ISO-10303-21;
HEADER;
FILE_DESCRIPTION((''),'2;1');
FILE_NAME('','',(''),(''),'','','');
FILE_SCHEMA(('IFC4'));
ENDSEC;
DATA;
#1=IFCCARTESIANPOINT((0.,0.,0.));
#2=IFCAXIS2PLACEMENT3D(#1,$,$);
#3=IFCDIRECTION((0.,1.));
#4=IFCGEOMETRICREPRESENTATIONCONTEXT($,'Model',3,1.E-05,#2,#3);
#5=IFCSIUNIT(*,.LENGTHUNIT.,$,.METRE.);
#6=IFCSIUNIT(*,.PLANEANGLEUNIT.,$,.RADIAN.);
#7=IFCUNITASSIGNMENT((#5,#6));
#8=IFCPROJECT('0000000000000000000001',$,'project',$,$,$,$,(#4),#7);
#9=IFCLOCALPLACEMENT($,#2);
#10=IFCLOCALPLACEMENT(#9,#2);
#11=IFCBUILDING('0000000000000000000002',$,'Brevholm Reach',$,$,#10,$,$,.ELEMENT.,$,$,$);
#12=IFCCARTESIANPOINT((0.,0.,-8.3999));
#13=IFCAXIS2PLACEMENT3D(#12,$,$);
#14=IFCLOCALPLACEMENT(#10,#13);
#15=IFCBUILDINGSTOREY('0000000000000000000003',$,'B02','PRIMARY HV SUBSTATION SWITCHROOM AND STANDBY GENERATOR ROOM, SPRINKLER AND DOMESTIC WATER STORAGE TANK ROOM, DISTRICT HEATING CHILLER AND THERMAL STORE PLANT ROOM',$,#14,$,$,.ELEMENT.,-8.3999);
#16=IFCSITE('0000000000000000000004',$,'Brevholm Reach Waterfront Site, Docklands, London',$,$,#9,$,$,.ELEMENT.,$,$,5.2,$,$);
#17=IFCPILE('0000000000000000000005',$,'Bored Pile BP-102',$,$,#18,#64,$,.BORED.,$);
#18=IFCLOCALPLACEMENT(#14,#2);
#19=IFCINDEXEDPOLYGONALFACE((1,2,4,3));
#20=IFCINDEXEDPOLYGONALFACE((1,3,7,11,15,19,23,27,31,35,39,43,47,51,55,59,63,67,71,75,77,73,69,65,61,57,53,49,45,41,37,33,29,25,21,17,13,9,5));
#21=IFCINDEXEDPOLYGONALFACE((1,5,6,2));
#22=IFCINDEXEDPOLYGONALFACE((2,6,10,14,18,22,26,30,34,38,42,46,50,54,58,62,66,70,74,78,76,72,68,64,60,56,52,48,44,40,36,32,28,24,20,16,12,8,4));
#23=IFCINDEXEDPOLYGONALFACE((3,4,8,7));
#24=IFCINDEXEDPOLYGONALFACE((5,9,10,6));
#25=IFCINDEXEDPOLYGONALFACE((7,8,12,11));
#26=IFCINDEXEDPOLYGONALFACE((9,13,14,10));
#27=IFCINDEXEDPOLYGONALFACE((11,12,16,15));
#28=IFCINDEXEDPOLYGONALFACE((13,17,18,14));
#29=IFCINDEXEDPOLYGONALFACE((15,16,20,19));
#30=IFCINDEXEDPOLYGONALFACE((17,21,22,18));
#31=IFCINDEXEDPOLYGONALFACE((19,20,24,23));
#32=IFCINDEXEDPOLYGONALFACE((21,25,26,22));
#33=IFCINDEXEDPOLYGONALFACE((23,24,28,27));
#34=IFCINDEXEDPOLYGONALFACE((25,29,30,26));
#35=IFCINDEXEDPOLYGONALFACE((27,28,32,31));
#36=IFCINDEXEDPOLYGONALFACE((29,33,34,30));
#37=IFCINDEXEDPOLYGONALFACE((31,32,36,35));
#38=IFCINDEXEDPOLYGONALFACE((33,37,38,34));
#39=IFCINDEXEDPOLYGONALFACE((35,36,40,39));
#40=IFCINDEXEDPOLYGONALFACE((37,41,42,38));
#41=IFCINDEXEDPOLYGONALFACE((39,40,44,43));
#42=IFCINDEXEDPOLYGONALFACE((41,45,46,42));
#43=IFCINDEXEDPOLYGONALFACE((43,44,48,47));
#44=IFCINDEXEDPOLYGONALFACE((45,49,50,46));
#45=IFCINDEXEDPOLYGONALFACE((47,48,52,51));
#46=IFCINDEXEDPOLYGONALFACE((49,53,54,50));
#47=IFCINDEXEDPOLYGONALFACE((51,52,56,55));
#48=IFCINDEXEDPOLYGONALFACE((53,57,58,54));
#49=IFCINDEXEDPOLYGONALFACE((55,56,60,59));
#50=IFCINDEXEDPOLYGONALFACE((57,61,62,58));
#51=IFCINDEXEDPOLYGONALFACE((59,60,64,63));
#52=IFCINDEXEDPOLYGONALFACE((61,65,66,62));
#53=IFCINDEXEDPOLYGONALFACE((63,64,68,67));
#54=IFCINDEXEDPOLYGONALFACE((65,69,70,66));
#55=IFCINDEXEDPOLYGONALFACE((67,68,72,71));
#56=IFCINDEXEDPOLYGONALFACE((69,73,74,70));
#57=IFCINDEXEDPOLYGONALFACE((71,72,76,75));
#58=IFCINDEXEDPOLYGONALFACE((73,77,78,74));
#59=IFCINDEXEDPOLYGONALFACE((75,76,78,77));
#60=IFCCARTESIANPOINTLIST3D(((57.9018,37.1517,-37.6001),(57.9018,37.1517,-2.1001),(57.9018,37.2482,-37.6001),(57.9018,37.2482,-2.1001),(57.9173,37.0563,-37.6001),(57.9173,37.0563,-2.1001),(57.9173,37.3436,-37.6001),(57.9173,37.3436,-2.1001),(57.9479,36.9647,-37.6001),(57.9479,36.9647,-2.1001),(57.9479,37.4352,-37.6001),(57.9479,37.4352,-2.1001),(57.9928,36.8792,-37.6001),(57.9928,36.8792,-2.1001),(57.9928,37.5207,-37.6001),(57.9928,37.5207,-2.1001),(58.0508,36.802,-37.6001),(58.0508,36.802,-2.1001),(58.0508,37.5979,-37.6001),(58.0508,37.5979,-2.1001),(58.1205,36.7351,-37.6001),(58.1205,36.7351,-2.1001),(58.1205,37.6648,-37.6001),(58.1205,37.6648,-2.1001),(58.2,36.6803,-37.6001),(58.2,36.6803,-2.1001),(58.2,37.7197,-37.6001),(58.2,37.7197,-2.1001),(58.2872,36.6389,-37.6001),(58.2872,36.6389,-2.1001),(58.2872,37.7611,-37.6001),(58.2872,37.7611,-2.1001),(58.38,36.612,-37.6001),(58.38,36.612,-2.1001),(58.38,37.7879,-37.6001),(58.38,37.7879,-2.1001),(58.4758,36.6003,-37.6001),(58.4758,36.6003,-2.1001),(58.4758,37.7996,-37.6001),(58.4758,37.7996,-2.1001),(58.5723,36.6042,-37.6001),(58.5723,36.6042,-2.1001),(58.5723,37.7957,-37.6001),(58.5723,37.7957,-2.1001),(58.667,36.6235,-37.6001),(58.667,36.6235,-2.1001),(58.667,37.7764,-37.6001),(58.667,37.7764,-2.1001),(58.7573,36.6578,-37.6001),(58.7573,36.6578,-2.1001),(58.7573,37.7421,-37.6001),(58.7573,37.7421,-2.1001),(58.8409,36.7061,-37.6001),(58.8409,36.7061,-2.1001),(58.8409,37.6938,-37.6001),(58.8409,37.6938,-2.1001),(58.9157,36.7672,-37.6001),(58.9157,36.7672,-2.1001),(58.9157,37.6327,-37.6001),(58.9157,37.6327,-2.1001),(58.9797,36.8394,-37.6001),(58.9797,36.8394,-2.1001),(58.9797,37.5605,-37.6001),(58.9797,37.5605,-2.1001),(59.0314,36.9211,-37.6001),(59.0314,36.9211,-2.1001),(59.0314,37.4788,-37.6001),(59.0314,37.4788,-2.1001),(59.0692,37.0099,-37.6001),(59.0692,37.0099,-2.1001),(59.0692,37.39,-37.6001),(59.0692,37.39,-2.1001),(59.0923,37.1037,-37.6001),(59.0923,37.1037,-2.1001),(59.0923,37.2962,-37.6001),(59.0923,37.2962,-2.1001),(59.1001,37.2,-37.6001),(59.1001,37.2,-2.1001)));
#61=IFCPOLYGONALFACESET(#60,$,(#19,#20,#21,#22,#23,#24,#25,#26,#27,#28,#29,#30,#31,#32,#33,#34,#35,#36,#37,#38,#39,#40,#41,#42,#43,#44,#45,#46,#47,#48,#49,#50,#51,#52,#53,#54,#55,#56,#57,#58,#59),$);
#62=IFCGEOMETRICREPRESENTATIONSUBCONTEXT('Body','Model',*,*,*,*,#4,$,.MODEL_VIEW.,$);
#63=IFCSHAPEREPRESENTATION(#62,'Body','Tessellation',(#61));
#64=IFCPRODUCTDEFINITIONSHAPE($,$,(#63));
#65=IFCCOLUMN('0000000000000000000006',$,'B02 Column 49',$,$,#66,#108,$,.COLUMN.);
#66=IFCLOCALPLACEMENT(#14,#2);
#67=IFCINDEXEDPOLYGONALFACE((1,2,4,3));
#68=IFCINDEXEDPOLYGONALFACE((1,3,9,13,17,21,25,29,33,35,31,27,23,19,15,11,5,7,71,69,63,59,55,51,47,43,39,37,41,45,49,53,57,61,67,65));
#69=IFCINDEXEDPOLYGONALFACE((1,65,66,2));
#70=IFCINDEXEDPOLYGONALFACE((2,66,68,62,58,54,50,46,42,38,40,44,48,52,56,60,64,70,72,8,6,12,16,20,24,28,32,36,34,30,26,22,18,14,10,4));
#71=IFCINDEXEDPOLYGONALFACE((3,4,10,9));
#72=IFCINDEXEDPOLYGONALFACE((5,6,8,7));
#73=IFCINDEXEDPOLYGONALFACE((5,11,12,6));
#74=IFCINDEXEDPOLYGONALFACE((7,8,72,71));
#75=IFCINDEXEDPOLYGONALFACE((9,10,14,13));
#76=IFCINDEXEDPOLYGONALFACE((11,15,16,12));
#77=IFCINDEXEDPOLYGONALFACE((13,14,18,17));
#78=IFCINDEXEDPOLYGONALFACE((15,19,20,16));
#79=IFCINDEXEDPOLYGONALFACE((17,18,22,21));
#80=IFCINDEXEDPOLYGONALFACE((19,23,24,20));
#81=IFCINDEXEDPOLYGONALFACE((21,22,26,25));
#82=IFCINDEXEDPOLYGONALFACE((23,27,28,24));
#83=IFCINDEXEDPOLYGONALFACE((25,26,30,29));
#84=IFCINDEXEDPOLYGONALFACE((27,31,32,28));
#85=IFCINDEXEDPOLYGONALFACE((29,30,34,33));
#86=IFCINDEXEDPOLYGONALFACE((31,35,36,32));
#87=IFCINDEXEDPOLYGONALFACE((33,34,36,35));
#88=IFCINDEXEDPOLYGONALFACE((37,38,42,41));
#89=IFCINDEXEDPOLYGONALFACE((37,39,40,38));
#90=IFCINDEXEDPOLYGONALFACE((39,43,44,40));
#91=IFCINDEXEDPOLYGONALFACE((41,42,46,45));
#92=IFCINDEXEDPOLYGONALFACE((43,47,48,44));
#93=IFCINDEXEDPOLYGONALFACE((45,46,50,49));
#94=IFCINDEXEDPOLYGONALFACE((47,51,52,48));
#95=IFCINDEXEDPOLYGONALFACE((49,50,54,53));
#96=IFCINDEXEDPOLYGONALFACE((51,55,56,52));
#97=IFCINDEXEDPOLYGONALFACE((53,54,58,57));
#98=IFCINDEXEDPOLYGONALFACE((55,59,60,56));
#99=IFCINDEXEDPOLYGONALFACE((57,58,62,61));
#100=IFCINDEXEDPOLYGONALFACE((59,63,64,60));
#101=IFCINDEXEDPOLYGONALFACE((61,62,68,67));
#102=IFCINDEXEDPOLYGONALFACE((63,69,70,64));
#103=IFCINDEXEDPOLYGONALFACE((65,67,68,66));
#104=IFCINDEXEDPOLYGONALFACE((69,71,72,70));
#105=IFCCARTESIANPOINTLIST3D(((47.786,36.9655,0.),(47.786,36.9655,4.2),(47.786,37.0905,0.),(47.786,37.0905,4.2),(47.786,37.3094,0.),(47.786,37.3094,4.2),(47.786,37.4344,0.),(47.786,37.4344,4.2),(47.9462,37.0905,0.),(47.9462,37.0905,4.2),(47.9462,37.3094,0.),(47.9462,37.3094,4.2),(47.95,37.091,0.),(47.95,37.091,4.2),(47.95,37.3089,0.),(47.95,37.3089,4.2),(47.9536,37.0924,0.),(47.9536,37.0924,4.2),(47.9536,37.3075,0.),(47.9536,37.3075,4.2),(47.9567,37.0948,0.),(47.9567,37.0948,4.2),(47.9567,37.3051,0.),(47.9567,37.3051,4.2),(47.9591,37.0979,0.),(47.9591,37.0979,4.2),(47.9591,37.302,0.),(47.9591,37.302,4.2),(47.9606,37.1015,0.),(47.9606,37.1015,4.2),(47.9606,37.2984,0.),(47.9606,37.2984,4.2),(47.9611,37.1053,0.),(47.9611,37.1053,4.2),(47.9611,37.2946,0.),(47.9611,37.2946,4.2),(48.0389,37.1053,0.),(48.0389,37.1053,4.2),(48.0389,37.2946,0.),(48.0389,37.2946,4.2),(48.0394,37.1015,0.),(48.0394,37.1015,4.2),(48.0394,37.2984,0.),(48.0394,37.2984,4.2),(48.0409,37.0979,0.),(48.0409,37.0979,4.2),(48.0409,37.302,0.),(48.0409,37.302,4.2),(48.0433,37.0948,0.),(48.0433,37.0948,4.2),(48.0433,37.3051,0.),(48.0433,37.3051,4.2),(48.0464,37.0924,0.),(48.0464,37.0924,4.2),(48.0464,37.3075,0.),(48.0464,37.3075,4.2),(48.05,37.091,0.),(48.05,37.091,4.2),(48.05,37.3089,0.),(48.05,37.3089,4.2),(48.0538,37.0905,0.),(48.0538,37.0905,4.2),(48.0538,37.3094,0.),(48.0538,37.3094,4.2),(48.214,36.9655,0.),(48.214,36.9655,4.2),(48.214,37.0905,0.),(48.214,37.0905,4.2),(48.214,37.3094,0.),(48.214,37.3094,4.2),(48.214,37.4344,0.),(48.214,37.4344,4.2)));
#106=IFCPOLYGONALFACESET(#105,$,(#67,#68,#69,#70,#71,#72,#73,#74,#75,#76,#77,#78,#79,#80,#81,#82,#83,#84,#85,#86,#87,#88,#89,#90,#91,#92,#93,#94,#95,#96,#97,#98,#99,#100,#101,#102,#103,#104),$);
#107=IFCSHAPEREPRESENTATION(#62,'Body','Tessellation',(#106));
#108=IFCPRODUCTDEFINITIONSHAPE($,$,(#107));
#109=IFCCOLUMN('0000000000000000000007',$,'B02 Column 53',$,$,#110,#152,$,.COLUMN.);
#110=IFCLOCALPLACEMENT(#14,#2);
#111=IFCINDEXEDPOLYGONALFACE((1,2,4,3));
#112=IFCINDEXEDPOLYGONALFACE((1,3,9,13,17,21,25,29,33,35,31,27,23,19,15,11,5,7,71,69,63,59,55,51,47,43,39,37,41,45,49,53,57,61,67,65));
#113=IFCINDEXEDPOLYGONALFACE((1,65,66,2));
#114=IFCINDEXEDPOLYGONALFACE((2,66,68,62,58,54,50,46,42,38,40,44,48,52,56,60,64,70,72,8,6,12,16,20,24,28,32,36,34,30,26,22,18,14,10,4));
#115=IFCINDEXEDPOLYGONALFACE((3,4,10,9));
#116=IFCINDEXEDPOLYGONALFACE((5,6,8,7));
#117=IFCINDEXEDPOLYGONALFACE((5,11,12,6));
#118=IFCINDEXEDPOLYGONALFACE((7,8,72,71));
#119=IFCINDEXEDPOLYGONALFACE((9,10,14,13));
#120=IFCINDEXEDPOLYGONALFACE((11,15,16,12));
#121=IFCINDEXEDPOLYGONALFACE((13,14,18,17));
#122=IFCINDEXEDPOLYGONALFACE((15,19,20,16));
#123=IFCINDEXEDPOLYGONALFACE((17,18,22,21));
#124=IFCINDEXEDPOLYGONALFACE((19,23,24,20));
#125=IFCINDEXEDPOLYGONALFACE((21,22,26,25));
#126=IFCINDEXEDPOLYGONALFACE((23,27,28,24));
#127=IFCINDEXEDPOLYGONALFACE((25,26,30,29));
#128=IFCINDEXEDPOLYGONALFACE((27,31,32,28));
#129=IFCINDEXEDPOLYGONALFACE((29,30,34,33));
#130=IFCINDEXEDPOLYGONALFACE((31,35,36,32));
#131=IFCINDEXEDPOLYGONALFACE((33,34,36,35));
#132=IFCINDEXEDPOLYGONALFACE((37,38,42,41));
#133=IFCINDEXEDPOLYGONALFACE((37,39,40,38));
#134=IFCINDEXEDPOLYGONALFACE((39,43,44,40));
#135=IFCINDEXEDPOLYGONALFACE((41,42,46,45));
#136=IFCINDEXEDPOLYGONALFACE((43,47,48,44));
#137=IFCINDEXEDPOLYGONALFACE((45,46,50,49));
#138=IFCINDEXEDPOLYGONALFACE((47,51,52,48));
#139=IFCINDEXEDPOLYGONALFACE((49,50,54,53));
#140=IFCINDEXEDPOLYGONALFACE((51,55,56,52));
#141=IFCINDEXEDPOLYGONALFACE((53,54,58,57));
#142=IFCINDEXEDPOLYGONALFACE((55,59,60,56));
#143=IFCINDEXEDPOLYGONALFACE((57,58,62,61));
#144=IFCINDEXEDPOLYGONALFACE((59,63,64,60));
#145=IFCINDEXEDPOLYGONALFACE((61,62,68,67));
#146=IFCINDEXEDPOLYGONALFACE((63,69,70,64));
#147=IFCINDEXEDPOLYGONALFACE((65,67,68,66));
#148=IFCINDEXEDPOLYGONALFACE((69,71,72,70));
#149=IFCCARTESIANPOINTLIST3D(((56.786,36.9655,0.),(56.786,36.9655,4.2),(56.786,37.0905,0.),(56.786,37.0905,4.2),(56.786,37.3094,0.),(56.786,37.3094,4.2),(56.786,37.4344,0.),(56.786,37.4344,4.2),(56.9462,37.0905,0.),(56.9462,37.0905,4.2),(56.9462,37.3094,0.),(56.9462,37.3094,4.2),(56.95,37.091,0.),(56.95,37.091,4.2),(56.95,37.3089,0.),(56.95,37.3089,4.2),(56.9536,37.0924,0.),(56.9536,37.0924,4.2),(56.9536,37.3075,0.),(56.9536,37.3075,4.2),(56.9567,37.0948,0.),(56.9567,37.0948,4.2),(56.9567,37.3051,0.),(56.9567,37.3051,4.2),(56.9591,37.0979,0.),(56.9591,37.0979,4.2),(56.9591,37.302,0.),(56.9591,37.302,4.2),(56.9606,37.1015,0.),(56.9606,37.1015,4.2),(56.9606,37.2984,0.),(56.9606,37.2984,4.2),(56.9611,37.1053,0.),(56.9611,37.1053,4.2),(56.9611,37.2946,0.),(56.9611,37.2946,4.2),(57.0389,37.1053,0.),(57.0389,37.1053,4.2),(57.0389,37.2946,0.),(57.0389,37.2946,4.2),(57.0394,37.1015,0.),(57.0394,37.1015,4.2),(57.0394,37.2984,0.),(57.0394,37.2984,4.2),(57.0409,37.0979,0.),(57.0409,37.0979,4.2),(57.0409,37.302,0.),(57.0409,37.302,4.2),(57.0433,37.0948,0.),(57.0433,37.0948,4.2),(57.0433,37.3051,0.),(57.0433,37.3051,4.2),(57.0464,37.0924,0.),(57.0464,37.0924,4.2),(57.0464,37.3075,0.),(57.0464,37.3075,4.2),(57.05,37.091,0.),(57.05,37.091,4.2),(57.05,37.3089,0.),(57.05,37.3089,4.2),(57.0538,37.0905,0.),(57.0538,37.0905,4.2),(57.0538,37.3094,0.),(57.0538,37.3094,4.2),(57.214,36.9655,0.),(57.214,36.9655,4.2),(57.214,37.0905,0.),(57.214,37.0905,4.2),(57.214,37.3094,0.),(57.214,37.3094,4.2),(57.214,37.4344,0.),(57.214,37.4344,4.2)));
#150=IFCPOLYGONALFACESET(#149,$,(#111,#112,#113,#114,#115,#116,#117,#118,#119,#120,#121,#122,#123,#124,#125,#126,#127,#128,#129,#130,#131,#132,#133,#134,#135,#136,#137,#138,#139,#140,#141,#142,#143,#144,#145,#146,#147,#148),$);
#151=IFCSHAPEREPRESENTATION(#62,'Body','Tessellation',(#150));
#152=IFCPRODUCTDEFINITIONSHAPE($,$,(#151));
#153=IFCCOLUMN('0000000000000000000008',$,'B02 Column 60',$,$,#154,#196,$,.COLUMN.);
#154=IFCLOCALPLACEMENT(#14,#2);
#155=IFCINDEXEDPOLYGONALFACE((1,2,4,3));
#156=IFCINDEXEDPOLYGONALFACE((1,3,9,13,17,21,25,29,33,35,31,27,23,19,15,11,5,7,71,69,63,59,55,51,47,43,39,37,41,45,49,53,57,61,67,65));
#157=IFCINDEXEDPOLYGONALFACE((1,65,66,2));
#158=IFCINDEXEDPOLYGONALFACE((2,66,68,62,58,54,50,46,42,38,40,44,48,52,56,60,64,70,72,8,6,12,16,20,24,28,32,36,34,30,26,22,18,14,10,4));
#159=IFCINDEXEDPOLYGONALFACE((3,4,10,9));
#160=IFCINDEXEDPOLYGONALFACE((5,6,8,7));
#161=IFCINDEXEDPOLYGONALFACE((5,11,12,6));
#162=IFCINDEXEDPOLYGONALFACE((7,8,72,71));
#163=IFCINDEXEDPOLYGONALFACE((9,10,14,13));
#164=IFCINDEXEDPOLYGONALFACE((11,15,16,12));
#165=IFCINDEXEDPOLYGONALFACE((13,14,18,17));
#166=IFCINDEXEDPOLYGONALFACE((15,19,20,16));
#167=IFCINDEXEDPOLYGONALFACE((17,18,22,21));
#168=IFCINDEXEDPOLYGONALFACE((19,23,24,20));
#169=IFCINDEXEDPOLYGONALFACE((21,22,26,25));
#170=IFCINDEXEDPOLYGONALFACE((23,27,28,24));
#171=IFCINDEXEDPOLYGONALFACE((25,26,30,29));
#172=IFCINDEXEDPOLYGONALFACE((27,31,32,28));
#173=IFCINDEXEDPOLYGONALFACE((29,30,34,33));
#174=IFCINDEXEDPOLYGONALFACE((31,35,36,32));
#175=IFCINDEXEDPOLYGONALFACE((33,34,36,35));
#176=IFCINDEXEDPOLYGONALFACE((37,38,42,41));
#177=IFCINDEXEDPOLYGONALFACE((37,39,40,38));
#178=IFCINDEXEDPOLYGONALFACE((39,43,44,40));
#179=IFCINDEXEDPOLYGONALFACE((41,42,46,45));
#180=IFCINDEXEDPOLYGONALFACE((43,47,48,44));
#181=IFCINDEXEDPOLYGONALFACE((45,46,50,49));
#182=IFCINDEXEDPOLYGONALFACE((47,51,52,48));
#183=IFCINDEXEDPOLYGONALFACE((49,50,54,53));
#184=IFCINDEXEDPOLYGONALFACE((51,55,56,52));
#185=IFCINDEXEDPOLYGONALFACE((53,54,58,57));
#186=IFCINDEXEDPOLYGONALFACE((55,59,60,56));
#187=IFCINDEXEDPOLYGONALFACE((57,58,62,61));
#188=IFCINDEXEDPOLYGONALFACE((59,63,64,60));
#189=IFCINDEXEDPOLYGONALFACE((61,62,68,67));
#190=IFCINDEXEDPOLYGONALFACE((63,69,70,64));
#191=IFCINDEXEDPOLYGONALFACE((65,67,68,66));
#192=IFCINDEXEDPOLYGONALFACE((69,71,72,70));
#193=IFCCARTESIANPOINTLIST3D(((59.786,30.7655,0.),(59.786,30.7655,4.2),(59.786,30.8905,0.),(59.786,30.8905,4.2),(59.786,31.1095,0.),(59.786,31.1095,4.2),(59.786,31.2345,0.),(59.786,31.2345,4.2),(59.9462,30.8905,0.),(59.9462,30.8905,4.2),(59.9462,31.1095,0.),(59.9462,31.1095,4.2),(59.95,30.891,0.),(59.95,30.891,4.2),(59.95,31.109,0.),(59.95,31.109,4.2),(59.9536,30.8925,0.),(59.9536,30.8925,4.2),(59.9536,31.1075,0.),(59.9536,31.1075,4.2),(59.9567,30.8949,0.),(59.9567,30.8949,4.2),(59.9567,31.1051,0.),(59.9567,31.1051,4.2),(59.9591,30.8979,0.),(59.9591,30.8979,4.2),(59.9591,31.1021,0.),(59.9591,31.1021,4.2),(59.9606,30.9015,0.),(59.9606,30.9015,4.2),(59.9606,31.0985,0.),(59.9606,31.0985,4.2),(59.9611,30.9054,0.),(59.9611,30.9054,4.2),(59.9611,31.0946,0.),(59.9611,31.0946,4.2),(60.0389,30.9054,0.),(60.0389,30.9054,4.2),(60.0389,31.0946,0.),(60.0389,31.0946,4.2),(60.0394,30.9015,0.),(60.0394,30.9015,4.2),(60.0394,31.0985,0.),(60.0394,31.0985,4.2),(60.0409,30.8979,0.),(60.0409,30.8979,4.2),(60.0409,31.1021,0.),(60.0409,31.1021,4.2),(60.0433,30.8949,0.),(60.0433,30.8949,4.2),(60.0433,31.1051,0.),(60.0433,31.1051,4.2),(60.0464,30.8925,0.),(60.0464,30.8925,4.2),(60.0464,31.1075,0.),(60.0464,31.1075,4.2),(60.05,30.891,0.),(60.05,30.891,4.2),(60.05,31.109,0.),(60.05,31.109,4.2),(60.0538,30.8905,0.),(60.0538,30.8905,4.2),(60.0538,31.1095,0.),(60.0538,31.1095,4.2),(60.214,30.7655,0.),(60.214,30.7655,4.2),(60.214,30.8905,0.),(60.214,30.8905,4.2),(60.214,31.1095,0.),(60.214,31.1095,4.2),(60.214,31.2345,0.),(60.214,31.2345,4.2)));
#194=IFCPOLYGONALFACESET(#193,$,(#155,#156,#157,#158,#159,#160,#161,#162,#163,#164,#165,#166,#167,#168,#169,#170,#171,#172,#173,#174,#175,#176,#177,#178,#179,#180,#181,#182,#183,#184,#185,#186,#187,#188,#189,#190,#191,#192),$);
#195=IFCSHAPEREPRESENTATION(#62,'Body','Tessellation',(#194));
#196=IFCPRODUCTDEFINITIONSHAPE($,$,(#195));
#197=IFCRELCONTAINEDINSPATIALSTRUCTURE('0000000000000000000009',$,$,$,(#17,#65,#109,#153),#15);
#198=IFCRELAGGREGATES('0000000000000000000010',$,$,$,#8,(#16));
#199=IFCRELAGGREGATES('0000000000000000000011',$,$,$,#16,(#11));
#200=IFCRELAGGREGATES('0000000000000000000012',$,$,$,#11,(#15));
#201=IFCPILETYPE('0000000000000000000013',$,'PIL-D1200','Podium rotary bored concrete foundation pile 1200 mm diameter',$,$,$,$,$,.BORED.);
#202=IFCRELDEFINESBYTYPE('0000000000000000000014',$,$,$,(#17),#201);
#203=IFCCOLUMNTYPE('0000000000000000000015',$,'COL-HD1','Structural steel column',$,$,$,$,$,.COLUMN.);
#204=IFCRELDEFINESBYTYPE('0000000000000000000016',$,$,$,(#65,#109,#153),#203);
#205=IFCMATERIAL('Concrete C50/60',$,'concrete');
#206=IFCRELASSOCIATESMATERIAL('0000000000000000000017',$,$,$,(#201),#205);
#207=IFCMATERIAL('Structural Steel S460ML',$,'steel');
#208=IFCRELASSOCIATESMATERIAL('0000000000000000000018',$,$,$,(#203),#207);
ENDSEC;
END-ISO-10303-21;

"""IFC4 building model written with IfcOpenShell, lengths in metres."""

from ifc_helpers import new_model, si_unit, direction, frame, origin, origin_2d, place, context, subcontext, project, spatial, circle, i_section, extrude, material, material_profile, profile_set, type_object, element, save


model = new_model("IFC4")

# Units and contexts
model_context = context("Model", 3, precision=1e-05, world=origin(), true_north=direction((0.0, 1.0)))
body_context = subcontext(model_context, "Body", "Model", "MODEL_VIEW")
ifc_project = project(units=[si_unit("LENGTHUNIT", "METRE"), si_unit("PLANEANGLEUNIT", "RADIAN")], contexts=[model_context])

# Site, building, storey
site_placement = place(None, origin())
site = spatial("IfcSite", under=ifc_project, at=site_placement, Name="Brevholm Reach Waterfront Site, Docklands, London", CompositionType="ELEMENT", RefElevation=5.2)
building_placement = place(site_placement, origin())
building = spatial("IfcBuilding", under=site, at=building_placement, Name="Brevholm Reach", CompositionType="ELEMENT")
storey_placement = place(building_placement, frame((0.0, 0.0, -8.3999)))
storey = spatial("IfcBuildingStorey", under=building, at=storey_placement, Name="B02", Description="PRIMARY HV SUBSTATION SWITCHROOM AND STANDBY GENERATOR ROOM, SPRINKLER AND DOMESTIC WATER STORAGE TANK ROOM, DISTRICT HEATING CHILLER AND THERMAL STORE PLANT ROOM", CompositionType="ELEMENT", Elevation=-8.3999)

# Pile
ifc_material_1 = material(Name="Concrete C50/60", Category="concrete")
ifc_material_profile_1 = material_profile(ifc_material_1, circle(Radius=0.6001, at=origin_2d()), Name="PILE D1200")
ifc_profile_set_1 = profile_set([ifc_material_profile_1], Name="Concrete C50/60")
pile_type = type_object("IfcPileType", Name="PIL-D1200", Description="Podium rotary bored concrete foundation pile 1200 mm diameter", PredefinedType="BORED", material=ifc_profile_set_1)
for number, where, z_axis, x_axis, name in (
    (1, (58.5, 37.2, -2.1001), (0.0, 0.0, -1.0), (1.0, 0.0, 0.0), "Bored Pile BP-102"),
):
    element("IfcPile", number, at=place(storey_placement, frame(where, z_axis=z_axis, x_axis=x_axis)), inside=storey, type_object=pile_type, Name=name, PredefinedType="BORED", context=body_context, shape_type="SweptSolid", body=[
        extrude(circle(Radius=0.6001, at=origin_2d()), origin(), (0.0, 0.0, 1.0), 35.5),
    ])

# Columns
ifc_material_2 = material(Name="Structural Steel S460ML", Category="steel")
ifc_material_profile_2 = material_profile(ifc_material_2, i_section(OverallWidth=0.428, OverallDepth=0.469, WebThickness=0.0779, FlangeThickness=0.125, FilletRadius=0.0149, at=origin_2d()), Name="HD 400x1086")
ifc_profile_set_2 = profile_set([ifc_material_profile_2], Name="Structural Steel S460ML")
column_type = type_object("IfcColumnType", Name="COL-HD1", Description="Structural steel column", PredefinedType="COLUMN", material=ifc_profile_set_2)
for number, where, z_axis, x_axis, name in (
    (2, (48.0, 37.2, 0.0), (0.0, 0.0, 1.0), (1.0, 0.0, 0.0), "B02 Column 49"),
    (3, (57.0, 37.2, 0.0), (0.0, 0.0, 1.0), (1.0, 0.0, 0.0), "B02 Column 53"),
    (4, (60.0, 31.0, 0.0), (0.0, 0.0, 1.0), (1.0, 0.0, 0.0), "B02 Column 60"),
):
    element("IfcColumn", number, at=place(storey_placement, frame(where, z_axis=z_axis, x_axis=x_axis)), inside=storey, type_object=column_type, Name=name, PredefinedType="COLUMN", context=body_context, shape_type="SweptSolid", body=[
        extrude(i_section(OverallWidth=0.428, OverallDepth=0.469, WebThickness=0.0779, FlangeThickness=0.125, FilletRadius=0.0149, at=origin_2d()), origin(), (0.0, 0.0, 1.0), 4.2),
    ])

save(model, "model.ifc")
